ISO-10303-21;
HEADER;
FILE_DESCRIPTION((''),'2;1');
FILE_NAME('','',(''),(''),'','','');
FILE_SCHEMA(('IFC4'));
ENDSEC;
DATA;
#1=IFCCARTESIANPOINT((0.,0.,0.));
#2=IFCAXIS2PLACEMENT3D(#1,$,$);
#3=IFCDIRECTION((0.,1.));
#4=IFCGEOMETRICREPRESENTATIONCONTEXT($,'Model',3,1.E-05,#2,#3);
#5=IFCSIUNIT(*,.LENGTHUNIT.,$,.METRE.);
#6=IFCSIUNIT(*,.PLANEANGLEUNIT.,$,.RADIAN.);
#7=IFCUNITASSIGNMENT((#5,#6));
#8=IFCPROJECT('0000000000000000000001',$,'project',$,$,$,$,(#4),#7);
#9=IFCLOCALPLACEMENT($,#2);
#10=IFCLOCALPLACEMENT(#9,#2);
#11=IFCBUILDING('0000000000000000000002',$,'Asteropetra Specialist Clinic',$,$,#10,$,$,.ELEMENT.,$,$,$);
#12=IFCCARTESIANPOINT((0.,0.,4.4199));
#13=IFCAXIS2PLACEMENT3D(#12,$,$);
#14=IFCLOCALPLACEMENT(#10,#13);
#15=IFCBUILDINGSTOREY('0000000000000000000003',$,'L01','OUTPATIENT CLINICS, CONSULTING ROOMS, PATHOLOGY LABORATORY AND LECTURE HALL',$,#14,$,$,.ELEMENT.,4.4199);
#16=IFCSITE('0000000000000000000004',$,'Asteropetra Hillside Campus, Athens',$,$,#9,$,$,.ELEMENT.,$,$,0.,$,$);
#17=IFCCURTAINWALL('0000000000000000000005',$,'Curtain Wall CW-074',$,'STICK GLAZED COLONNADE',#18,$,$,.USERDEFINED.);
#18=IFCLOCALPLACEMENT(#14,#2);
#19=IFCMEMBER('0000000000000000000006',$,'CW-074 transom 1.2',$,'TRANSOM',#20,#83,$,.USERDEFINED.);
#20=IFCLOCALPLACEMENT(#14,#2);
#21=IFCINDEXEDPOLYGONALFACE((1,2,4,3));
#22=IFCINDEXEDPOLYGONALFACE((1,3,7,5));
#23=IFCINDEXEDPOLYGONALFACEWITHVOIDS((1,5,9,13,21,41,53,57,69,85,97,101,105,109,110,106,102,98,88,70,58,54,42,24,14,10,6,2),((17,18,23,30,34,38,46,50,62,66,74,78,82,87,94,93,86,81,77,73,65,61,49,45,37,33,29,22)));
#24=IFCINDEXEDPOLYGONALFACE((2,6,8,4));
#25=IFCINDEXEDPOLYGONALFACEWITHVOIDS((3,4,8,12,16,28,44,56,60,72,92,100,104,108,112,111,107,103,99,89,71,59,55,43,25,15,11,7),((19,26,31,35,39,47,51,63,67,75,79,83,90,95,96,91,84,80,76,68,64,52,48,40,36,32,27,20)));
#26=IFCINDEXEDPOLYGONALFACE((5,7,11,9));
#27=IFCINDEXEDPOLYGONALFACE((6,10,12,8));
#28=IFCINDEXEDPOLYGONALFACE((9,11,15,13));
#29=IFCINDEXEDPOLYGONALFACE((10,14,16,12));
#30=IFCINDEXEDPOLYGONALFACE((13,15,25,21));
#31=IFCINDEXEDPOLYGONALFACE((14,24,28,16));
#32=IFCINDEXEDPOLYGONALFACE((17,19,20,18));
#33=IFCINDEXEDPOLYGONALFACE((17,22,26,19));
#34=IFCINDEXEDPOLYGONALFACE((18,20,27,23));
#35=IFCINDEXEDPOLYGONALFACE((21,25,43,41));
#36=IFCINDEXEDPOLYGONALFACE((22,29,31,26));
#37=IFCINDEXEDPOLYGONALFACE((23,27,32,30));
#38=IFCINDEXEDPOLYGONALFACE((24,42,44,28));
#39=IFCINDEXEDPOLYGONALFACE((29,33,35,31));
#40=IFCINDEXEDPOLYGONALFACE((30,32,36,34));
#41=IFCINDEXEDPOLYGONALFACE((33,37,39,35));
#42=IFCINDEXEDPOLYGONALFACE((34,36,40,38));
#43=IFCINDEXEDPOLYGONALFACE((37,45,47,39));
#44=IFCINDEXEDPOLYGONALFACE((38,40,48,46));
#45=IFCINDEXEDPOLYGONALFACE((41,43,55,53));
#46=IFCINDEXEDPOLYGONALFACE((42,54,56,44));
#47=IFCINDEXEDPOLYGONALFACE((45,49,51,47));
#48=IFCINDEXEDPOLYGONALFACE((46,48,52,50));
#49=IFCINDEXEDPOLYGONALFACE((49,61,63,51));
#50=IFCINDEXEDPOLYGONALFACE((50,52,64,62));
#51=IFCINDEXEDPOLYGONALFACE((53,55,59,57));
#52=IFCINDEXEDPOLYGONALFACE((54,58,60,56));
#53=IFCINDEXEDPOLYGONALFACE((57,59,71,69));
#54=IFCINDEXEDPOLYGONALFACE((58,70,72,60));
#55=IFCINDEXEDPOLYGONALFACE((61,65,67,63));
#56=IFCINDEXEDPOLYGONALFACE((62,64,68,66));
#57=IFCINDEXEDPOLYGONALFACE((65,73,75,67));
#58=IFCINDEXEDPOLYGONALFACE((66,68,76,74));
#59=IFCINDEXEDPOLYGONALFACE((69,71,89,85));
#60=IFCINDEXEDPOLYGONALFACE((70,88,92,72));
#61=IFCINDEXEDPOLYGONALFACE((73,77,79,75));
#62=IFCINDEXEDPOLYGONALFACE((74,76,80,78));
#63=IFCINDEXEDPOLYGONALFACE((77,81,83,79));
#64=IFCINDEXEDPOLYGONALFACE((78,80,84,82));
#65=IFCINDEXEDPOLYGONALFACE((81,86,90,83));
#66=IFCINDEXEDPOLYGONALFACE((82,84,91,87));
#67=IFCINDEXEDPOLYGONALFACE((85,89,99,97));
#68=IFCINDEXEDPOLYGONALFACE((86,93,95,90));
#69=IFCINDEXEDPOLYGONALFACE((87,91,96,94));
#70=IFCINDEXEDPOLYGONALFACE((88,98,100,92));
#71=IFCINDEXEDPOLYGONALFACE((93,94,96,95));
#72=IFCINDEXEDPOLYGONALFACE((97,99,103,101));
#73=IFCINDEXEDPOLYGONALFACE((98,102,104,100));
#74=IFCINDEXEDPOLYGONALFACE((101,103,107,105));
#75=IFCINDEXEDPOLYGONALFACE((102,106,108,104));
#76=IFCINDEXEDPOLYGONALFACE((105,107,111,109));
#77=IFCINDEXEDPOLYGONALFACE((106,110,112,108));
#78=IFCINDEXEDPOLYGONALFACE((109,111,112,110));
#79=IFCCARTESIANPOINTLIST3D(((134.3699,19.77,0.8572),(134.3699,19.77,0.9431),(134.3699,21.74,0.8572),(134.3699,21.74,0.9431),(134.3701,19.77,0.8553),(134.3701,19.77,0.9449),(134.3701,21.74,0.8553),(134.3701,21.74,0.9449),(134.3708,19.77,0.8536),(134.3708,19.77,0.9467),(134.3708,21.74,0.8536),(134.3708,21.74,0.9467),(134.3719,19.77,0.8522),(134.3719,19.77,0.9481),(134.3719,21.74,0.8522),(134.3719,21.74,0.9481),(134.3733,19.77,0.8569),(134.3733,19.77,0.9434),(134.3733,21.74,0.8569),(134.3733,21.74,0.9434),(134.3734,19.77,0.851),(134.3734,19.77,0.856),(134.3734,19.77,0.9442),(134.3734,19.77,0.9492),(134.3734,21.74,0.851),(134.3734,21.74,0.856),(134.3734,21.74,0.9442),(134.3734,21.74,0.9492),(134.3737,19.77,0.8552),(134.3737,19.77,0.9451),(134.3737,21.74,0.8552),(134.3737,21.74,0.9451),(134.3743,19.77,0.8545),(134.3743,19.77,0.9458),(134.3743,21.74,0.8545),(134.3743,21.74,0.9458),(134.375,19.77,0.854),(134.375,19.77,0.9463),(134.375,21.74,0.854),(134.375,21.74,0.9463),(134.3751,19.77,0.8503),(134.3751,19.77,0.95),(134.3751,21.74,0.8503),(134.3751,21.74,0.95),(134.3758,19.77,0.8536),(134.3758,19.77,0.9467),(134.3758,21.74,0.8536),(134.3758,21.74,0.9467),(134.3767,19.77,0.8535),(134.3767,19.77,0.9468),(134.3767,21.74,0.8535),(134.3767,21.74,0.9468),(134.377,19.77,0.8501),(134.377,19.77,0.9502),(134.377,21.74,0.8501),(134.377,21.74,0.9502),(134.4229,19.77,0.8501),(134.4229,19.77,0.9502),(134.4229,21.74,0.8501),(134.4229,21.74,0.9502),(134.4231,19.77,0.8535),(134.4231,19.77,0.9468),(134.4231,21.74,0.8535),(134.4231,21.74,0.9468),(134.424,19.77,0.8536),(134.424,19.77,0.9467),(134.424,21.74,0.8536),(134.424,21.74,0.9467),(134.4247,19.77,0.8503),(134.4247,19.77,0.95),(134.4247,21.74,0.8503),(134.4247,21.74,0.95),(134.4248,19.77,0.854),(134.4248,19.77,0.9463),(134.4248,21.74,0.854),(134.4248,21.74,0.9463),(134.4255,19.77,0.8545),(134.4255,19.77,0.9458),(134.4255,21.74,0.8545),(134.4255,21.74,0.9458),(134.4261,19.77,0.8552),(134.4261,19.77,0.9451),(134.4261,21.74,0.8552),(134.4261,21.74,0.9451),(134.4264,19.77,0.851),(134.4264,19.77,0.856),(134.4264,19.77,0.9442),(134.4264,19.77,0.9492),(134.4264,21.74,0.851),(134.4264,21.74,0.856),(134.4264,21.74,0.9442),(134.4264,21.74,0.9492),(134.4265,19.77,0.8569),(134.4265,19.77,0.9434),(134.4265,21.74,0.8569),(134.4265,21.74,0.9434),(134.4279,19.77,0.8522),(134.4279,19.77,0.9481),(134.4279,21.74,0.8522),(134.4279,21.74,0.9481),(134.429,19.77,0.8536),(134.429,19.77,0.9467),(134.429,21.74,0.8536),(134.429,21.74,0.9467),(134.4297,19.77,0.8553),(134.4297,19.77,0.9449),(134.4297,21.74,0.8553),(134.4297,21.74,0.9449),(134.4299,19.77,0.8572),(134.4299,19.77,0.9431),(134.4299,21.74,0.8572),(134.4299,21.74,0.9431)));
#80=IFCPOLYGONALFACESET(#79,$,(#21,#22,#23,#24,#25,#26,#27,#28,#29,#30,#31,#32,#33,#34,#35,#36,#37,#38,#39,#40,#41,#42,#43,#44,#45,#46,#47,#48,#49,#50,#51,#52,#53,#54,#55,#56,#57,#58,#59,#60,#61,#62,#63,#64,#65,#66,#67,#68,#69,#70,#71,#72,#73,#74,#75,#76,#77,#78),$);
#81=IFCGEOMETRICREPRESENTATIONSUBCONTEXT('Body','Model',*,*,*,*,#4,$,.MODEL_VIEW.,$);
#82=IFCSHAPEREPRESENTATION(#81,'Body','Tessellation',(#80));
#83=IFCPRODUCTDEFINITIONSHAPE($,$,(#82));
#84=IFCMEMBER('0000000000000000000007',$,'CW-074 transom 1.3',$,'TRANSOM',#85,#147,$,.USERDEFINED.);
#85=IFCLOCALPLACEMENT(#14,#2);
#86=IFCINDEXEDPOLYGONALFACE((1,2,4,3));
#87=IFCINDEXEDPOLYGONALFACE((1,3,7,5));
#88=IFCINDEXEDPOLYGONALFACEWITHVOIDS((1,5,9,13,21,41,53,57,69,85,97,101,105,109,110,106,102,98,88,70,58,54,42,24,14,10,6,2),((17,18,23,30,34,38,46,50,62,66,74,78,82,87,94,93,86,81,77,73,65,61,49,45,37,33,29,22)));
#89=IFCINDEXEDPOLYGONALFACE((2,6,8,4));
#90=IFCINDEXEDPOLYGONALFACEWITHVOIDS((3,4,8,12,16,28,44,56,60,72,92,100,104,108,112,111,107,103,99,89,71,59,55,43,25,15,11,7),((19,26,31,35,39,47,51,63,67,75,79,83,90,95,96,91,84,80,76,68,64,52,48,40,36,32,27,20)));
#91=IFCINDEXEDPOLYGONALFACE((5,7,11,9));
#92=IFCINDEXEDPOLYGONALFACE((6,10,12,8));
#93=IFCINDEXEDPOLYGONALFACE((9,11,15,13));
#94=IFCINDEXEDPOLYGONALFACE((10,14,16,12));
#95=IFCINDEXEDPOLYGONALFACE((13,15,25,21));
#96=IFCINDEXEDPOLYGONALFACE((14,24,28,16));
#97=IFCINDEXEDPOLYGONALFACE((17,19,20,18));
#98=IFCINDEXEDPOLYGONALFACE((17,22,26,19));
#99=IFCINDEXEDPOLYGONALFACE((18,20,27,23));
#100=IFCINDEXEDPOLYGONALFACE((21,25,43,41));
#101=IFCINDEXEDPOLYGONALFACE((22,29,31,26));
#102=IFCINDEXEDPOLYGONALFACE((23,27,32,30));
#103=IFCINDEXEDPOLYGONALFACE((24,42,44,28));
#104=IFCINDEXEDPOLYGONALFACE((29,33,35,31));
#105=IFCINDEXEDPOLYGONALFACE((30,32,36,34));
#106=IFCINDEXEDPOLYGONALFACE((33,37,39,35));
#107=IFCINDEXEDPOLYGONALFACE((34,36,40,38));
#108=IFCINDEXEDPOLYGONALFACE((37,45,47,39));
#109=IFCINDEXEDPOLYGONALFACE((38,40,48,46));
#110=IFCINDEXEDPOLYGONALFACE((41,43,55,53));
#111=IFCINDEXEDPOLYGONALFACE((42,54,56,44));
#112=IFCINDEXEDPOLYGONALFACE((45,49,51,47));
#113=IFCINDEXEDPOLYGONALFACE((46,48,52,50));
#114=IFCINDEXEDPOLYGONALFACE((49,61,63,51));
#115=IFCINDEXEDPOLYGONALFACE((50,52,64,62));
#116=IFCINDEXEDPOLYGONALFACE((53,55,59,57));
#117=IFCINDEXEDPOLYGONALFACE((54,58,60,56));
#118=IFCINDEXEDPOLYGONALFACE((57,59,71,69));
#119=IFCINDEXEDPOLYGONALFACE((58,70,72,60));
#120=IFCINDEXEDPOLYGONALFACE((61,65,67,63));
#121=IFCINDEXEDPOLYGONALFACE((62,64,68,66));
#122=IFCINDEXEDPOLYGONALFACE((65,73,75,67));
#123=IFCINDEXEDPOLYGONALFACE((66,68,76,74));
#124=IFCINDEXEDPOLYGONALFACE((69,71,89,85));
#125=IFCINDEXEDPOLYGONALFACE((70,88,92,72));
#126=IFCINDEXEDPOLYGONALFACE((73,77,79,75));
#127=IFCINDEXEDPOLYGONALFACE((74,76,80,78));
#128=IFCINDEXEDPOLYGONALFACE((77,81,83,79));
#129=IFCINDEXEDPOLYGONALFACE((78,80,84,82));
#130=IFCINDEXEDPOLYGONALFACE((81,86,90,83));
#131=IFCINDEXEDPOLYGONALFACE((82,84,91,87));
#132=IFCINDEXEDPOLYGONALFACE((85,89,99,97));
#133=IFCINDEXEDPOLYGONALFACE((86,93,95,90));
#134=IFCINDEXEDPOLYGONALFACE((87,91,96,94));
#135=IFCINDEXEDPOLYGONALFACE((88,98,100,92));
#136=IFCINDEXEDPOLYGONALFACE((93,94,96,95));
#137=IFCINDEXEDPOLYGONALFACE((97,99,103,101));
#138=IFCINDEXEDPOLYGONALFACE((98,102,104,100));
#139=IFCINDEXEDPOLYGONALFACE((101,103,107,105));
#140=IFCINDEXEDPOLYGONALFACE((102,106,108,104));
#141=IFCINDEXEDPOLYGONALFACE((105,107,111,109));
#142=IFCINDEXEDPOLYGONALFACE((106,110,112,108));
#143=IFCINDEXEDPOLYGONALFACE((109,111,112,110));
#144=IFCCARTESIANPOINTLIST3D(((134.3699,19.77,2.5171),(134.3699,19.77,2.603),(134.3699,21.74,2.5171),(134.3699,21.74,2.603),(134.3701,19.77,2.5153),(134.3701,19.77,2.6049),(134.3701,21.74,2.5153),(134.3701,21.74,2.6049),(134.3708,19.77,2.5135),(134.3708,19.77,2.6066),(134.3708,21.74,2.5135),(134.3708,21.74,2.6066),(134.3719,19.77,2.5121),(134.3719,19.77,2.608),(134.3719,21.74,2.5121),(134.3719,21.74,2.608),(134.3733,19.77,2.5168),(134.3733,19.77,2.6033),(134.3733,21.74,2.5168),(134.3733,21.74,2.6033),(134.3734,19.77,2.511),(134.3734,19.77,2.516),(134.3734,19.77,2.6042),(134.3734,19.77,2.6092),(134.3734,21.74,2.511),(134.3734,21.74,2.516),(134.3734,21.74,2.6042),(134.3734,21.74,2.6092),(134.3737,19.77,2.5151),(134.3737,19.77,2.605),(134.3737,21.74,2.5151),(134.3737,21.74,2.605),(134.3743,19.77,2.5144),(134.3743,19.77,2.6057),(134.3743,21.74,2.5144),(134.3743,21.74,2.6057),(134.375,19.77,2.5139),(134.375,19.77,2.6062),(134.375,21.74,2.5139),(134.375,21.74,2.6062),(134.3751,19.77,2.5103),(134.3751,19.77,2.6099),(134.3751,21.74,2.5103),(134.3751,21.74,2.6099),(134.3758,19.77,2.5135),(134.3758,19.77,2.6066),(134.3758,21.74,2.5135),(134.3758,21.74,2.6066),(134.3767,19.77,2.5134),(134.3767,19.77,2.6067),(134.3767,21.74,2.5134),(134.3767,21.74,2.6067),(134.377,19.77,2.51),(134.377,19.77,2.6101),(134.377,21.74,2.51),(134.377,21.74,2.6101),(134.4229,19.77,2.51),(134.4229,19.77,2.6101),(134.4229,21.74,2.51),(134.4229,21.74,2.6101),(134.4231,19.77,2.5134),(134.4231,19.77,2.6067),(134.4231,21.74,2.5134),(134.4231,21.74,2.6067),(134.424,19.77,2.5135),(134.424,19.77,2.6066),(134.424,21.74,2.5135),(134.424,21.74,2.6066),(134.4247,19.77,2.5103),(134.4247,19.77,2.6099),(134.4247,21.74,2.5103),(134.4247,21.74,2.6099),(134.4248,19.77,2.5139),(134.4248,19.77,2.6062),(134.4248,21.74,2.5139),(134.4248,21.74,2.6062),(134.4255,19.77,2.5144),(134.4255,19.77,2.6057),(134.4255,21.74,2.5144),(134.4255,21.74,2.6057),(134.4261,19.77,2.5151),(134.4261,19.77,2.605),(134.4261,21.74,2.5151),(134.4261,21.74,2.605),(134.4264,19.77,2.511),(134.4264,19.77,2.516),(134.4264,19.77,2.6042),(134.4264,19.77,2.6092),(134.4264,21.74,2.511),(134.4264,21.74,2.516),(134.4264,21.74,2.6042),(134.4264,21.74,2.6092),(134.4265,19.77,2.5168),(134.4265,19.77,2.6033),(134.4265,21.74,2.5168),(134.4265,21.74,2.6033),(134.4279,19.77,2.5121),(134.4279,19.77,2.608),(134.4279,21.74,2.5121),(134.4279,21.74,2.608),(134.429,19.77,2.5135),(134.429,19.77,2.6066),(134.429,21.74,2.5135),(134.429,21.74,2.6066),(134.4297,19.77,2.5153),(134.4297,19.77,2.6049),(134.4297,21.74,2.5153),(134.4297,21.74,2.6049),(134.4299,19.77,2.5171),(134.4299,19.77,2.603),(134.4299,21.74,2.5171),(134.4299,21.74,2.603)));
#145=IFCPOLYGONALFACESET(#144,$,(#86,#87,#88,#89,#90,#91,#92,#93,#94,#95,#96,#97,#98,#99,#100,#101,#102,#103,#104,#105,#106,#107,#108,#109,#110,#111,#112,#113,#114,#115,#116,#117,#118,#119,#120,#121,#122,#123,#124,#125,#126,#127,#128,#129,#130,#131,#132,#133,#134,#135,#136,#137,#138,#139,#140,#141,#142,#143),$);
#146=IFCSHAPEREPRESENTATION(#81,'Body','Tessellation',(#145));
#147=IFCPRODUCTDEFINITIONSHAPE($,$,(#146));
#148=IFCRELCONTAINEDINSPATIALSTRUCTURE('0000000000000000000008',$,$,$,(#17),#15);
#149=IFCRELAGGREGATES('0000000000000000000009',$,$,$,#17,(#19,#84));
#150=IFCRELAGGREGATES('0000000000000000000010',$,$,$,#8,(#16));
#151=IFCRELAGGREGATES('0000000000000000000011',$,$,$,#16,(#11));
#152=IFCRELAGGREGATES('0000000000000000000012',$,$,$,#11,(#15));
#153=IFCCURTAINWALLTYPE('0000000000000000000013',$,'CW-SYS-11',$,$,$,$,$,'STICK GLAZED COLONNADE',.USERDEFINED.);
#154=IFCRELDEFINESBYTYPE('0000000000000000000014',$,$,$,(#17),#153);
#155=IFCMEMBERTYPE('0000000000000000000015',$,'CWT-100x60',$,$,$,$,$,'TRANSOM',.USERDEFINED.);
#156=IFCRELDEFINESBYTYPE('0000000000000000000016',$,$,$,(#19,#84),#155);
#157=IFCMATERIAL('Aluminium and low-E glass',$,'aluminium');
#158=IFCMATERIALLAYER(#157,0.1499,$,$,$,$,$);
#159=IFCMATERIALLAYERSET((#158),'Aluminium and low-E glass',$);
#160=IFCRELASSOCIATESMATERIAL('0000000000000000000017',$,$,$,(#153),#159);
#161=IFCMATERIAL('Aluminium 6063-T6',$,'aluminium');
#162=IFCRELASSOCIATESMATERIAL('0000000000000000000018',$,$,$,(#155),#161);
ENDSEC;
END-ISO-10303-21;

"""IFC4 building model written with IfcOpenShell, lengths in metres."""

from ifc_helpers import new_model, si_unit, direction, frame, origin, origin_2d, place, context, subcontext, project, spatial, hollow_rectangle, extrude, material, layer, layer_set, material_profile, profile_set, type_object, element, aggregate, save


model = new_model("IFC4")

# Units and contexts
model_context = context("Model", 3, precision=1e-05, world=origin(), true_north=direction((0.0, 1.0)))
body_context = subcontext(model_context, "Body", "Model", "MODEL_VIEW")
ifc_project = project(units=[si_unit("LENGTHUNIT", "METRE"), si_unit("PLANEANGLEUNIT", "RADIAN")], contexts=[model_context])

# Site, building, storey
site_placement = place(None, origin())
site = spatial("IfcSite", under=ifc_project, at=site_placement, Name="Asteropetra Hillside Campus, Athens", CompositionType="ELEMENT", RefElevation=0.0)
building_placement = place(site_placement, origin())
building = spatial("IfcBuilding", under=site, at=building_placement, Name="Asteropetra Specialist Clinic", CompositionType="ELEMENT")
storey_placement = place(building_placement, frame((0.0, 0.0, 4.4199)))
storey = spatial("IfcBuildingStorey", under=building, at=storey_placement, Name="L01", Description="OUTPATIENT CLINICS, CONSULTING ROOMS, PATHOLOGY LABORATORY AND LECTURE HALL", CompositionType="ELEMENT", Elevation=4.4199)

# Curtain wall
ifc_material_1 = material(Name="Aluminium and low-E glass", Category="aluminium")
ifc_layer_1 = layer(ifc_material_1, 0.1499)
ifc_layer_set_1 = layer_set([ifc_layer_1], Name="Aluminium and low-E glass")
curtain_wall_type_1 = type_object("IfcCurtainWallType", Name="CW-SYS-11", ElementType="STICK GLAZED COLONNADE", PredefinedType="USERDEFINED", material=ifc_layer_set_1)
curtain_wall_1_placement = place(storey_placement, origin())
curtain_wall_1 = element("IfcCurtainWall", 1, at=curtain_wall_1_placement, inside=storey, type_object=curtain_wall_type_1, Name="Curtain Wall CW-074", ObjectType="STICK GLAZED COLONNADE", PredefinedType="USERDEFINED")

# Members
ifc_material_2 = material(Name="Aluminium 6063-T6", Category="aluminium")
ifc_material_profile_1 = material_profile(ifc_material_2, hollow_rectangle(XDim=0.0601, YDim=0.1001, WallThickness=0.0034, InnerFilletRadius=0.0034, OuterFilletRadius=0.0071, at=origin_2d()), Name="TRN 100x60x3.5")
ifc_profile_set_1 = profile_set([ifc_material_profile_1], Name="Aluminium 6063-T6")
member_type_1 = type_object("IfcMemberType", Name="CWT-100x60", ElementType="TRANSOM", PredefinedType="USERDEFINED", material=ifc_profile_set_1)
member_1_placement = place(storey_placement, frame((134.3999, 19.77, 0.9001), z_axis=(0.0, 1.0, 0.0), x_axis=(-1.0, 0.0, 0.0)))
member_1 = element("IfcMember", 2, at=member_1_placement, type_object=member_type_1, Name="CW-074 transom 1.2", ObjectType="TRANSOM", PredefinedType="USERDEFINED", context=body_context, shape_type="SweptSolid", body=[
    extrude(hollow_rectangle(XDim=0.0601, YDim=0.1001, WallThickness=0.0034, InnerFilletRadius=0.0034, OuterFilletRadius=0.0071, at=origin_2d()), origin(), (0.0, 0.0, 1.0), 1.97),
])
member_2_placement = place(storey_placement, frame((134.3999, 19.77, 2.5601), z_axis=(0.0, 1.0, 0.0), x_axis=(-1.0, 0.0, 0.0)))
member_2 = element("IfcMember", 3, at=member_2_placement, type_object=member_type_1, Name="CW-074 transom 1.3", ObjectType="TRANSOM", PredefinedType="USERDEFINED", context=body_context, shape_type="SweptSolid", body=[
    extrude(hollow_rectangle(XDim=0.0601, YDim=0.1001, WallThickness=0.0034, InnerFilletRadius=0.0034, OuterFilletRadius=0.0071, at=origin_2d()), origin(), (0.0, 0.0, 1.0), 1.97),
])

aggregate(curtain_wall_1, [member_1, member_2])

save(model, "model.ifc")
